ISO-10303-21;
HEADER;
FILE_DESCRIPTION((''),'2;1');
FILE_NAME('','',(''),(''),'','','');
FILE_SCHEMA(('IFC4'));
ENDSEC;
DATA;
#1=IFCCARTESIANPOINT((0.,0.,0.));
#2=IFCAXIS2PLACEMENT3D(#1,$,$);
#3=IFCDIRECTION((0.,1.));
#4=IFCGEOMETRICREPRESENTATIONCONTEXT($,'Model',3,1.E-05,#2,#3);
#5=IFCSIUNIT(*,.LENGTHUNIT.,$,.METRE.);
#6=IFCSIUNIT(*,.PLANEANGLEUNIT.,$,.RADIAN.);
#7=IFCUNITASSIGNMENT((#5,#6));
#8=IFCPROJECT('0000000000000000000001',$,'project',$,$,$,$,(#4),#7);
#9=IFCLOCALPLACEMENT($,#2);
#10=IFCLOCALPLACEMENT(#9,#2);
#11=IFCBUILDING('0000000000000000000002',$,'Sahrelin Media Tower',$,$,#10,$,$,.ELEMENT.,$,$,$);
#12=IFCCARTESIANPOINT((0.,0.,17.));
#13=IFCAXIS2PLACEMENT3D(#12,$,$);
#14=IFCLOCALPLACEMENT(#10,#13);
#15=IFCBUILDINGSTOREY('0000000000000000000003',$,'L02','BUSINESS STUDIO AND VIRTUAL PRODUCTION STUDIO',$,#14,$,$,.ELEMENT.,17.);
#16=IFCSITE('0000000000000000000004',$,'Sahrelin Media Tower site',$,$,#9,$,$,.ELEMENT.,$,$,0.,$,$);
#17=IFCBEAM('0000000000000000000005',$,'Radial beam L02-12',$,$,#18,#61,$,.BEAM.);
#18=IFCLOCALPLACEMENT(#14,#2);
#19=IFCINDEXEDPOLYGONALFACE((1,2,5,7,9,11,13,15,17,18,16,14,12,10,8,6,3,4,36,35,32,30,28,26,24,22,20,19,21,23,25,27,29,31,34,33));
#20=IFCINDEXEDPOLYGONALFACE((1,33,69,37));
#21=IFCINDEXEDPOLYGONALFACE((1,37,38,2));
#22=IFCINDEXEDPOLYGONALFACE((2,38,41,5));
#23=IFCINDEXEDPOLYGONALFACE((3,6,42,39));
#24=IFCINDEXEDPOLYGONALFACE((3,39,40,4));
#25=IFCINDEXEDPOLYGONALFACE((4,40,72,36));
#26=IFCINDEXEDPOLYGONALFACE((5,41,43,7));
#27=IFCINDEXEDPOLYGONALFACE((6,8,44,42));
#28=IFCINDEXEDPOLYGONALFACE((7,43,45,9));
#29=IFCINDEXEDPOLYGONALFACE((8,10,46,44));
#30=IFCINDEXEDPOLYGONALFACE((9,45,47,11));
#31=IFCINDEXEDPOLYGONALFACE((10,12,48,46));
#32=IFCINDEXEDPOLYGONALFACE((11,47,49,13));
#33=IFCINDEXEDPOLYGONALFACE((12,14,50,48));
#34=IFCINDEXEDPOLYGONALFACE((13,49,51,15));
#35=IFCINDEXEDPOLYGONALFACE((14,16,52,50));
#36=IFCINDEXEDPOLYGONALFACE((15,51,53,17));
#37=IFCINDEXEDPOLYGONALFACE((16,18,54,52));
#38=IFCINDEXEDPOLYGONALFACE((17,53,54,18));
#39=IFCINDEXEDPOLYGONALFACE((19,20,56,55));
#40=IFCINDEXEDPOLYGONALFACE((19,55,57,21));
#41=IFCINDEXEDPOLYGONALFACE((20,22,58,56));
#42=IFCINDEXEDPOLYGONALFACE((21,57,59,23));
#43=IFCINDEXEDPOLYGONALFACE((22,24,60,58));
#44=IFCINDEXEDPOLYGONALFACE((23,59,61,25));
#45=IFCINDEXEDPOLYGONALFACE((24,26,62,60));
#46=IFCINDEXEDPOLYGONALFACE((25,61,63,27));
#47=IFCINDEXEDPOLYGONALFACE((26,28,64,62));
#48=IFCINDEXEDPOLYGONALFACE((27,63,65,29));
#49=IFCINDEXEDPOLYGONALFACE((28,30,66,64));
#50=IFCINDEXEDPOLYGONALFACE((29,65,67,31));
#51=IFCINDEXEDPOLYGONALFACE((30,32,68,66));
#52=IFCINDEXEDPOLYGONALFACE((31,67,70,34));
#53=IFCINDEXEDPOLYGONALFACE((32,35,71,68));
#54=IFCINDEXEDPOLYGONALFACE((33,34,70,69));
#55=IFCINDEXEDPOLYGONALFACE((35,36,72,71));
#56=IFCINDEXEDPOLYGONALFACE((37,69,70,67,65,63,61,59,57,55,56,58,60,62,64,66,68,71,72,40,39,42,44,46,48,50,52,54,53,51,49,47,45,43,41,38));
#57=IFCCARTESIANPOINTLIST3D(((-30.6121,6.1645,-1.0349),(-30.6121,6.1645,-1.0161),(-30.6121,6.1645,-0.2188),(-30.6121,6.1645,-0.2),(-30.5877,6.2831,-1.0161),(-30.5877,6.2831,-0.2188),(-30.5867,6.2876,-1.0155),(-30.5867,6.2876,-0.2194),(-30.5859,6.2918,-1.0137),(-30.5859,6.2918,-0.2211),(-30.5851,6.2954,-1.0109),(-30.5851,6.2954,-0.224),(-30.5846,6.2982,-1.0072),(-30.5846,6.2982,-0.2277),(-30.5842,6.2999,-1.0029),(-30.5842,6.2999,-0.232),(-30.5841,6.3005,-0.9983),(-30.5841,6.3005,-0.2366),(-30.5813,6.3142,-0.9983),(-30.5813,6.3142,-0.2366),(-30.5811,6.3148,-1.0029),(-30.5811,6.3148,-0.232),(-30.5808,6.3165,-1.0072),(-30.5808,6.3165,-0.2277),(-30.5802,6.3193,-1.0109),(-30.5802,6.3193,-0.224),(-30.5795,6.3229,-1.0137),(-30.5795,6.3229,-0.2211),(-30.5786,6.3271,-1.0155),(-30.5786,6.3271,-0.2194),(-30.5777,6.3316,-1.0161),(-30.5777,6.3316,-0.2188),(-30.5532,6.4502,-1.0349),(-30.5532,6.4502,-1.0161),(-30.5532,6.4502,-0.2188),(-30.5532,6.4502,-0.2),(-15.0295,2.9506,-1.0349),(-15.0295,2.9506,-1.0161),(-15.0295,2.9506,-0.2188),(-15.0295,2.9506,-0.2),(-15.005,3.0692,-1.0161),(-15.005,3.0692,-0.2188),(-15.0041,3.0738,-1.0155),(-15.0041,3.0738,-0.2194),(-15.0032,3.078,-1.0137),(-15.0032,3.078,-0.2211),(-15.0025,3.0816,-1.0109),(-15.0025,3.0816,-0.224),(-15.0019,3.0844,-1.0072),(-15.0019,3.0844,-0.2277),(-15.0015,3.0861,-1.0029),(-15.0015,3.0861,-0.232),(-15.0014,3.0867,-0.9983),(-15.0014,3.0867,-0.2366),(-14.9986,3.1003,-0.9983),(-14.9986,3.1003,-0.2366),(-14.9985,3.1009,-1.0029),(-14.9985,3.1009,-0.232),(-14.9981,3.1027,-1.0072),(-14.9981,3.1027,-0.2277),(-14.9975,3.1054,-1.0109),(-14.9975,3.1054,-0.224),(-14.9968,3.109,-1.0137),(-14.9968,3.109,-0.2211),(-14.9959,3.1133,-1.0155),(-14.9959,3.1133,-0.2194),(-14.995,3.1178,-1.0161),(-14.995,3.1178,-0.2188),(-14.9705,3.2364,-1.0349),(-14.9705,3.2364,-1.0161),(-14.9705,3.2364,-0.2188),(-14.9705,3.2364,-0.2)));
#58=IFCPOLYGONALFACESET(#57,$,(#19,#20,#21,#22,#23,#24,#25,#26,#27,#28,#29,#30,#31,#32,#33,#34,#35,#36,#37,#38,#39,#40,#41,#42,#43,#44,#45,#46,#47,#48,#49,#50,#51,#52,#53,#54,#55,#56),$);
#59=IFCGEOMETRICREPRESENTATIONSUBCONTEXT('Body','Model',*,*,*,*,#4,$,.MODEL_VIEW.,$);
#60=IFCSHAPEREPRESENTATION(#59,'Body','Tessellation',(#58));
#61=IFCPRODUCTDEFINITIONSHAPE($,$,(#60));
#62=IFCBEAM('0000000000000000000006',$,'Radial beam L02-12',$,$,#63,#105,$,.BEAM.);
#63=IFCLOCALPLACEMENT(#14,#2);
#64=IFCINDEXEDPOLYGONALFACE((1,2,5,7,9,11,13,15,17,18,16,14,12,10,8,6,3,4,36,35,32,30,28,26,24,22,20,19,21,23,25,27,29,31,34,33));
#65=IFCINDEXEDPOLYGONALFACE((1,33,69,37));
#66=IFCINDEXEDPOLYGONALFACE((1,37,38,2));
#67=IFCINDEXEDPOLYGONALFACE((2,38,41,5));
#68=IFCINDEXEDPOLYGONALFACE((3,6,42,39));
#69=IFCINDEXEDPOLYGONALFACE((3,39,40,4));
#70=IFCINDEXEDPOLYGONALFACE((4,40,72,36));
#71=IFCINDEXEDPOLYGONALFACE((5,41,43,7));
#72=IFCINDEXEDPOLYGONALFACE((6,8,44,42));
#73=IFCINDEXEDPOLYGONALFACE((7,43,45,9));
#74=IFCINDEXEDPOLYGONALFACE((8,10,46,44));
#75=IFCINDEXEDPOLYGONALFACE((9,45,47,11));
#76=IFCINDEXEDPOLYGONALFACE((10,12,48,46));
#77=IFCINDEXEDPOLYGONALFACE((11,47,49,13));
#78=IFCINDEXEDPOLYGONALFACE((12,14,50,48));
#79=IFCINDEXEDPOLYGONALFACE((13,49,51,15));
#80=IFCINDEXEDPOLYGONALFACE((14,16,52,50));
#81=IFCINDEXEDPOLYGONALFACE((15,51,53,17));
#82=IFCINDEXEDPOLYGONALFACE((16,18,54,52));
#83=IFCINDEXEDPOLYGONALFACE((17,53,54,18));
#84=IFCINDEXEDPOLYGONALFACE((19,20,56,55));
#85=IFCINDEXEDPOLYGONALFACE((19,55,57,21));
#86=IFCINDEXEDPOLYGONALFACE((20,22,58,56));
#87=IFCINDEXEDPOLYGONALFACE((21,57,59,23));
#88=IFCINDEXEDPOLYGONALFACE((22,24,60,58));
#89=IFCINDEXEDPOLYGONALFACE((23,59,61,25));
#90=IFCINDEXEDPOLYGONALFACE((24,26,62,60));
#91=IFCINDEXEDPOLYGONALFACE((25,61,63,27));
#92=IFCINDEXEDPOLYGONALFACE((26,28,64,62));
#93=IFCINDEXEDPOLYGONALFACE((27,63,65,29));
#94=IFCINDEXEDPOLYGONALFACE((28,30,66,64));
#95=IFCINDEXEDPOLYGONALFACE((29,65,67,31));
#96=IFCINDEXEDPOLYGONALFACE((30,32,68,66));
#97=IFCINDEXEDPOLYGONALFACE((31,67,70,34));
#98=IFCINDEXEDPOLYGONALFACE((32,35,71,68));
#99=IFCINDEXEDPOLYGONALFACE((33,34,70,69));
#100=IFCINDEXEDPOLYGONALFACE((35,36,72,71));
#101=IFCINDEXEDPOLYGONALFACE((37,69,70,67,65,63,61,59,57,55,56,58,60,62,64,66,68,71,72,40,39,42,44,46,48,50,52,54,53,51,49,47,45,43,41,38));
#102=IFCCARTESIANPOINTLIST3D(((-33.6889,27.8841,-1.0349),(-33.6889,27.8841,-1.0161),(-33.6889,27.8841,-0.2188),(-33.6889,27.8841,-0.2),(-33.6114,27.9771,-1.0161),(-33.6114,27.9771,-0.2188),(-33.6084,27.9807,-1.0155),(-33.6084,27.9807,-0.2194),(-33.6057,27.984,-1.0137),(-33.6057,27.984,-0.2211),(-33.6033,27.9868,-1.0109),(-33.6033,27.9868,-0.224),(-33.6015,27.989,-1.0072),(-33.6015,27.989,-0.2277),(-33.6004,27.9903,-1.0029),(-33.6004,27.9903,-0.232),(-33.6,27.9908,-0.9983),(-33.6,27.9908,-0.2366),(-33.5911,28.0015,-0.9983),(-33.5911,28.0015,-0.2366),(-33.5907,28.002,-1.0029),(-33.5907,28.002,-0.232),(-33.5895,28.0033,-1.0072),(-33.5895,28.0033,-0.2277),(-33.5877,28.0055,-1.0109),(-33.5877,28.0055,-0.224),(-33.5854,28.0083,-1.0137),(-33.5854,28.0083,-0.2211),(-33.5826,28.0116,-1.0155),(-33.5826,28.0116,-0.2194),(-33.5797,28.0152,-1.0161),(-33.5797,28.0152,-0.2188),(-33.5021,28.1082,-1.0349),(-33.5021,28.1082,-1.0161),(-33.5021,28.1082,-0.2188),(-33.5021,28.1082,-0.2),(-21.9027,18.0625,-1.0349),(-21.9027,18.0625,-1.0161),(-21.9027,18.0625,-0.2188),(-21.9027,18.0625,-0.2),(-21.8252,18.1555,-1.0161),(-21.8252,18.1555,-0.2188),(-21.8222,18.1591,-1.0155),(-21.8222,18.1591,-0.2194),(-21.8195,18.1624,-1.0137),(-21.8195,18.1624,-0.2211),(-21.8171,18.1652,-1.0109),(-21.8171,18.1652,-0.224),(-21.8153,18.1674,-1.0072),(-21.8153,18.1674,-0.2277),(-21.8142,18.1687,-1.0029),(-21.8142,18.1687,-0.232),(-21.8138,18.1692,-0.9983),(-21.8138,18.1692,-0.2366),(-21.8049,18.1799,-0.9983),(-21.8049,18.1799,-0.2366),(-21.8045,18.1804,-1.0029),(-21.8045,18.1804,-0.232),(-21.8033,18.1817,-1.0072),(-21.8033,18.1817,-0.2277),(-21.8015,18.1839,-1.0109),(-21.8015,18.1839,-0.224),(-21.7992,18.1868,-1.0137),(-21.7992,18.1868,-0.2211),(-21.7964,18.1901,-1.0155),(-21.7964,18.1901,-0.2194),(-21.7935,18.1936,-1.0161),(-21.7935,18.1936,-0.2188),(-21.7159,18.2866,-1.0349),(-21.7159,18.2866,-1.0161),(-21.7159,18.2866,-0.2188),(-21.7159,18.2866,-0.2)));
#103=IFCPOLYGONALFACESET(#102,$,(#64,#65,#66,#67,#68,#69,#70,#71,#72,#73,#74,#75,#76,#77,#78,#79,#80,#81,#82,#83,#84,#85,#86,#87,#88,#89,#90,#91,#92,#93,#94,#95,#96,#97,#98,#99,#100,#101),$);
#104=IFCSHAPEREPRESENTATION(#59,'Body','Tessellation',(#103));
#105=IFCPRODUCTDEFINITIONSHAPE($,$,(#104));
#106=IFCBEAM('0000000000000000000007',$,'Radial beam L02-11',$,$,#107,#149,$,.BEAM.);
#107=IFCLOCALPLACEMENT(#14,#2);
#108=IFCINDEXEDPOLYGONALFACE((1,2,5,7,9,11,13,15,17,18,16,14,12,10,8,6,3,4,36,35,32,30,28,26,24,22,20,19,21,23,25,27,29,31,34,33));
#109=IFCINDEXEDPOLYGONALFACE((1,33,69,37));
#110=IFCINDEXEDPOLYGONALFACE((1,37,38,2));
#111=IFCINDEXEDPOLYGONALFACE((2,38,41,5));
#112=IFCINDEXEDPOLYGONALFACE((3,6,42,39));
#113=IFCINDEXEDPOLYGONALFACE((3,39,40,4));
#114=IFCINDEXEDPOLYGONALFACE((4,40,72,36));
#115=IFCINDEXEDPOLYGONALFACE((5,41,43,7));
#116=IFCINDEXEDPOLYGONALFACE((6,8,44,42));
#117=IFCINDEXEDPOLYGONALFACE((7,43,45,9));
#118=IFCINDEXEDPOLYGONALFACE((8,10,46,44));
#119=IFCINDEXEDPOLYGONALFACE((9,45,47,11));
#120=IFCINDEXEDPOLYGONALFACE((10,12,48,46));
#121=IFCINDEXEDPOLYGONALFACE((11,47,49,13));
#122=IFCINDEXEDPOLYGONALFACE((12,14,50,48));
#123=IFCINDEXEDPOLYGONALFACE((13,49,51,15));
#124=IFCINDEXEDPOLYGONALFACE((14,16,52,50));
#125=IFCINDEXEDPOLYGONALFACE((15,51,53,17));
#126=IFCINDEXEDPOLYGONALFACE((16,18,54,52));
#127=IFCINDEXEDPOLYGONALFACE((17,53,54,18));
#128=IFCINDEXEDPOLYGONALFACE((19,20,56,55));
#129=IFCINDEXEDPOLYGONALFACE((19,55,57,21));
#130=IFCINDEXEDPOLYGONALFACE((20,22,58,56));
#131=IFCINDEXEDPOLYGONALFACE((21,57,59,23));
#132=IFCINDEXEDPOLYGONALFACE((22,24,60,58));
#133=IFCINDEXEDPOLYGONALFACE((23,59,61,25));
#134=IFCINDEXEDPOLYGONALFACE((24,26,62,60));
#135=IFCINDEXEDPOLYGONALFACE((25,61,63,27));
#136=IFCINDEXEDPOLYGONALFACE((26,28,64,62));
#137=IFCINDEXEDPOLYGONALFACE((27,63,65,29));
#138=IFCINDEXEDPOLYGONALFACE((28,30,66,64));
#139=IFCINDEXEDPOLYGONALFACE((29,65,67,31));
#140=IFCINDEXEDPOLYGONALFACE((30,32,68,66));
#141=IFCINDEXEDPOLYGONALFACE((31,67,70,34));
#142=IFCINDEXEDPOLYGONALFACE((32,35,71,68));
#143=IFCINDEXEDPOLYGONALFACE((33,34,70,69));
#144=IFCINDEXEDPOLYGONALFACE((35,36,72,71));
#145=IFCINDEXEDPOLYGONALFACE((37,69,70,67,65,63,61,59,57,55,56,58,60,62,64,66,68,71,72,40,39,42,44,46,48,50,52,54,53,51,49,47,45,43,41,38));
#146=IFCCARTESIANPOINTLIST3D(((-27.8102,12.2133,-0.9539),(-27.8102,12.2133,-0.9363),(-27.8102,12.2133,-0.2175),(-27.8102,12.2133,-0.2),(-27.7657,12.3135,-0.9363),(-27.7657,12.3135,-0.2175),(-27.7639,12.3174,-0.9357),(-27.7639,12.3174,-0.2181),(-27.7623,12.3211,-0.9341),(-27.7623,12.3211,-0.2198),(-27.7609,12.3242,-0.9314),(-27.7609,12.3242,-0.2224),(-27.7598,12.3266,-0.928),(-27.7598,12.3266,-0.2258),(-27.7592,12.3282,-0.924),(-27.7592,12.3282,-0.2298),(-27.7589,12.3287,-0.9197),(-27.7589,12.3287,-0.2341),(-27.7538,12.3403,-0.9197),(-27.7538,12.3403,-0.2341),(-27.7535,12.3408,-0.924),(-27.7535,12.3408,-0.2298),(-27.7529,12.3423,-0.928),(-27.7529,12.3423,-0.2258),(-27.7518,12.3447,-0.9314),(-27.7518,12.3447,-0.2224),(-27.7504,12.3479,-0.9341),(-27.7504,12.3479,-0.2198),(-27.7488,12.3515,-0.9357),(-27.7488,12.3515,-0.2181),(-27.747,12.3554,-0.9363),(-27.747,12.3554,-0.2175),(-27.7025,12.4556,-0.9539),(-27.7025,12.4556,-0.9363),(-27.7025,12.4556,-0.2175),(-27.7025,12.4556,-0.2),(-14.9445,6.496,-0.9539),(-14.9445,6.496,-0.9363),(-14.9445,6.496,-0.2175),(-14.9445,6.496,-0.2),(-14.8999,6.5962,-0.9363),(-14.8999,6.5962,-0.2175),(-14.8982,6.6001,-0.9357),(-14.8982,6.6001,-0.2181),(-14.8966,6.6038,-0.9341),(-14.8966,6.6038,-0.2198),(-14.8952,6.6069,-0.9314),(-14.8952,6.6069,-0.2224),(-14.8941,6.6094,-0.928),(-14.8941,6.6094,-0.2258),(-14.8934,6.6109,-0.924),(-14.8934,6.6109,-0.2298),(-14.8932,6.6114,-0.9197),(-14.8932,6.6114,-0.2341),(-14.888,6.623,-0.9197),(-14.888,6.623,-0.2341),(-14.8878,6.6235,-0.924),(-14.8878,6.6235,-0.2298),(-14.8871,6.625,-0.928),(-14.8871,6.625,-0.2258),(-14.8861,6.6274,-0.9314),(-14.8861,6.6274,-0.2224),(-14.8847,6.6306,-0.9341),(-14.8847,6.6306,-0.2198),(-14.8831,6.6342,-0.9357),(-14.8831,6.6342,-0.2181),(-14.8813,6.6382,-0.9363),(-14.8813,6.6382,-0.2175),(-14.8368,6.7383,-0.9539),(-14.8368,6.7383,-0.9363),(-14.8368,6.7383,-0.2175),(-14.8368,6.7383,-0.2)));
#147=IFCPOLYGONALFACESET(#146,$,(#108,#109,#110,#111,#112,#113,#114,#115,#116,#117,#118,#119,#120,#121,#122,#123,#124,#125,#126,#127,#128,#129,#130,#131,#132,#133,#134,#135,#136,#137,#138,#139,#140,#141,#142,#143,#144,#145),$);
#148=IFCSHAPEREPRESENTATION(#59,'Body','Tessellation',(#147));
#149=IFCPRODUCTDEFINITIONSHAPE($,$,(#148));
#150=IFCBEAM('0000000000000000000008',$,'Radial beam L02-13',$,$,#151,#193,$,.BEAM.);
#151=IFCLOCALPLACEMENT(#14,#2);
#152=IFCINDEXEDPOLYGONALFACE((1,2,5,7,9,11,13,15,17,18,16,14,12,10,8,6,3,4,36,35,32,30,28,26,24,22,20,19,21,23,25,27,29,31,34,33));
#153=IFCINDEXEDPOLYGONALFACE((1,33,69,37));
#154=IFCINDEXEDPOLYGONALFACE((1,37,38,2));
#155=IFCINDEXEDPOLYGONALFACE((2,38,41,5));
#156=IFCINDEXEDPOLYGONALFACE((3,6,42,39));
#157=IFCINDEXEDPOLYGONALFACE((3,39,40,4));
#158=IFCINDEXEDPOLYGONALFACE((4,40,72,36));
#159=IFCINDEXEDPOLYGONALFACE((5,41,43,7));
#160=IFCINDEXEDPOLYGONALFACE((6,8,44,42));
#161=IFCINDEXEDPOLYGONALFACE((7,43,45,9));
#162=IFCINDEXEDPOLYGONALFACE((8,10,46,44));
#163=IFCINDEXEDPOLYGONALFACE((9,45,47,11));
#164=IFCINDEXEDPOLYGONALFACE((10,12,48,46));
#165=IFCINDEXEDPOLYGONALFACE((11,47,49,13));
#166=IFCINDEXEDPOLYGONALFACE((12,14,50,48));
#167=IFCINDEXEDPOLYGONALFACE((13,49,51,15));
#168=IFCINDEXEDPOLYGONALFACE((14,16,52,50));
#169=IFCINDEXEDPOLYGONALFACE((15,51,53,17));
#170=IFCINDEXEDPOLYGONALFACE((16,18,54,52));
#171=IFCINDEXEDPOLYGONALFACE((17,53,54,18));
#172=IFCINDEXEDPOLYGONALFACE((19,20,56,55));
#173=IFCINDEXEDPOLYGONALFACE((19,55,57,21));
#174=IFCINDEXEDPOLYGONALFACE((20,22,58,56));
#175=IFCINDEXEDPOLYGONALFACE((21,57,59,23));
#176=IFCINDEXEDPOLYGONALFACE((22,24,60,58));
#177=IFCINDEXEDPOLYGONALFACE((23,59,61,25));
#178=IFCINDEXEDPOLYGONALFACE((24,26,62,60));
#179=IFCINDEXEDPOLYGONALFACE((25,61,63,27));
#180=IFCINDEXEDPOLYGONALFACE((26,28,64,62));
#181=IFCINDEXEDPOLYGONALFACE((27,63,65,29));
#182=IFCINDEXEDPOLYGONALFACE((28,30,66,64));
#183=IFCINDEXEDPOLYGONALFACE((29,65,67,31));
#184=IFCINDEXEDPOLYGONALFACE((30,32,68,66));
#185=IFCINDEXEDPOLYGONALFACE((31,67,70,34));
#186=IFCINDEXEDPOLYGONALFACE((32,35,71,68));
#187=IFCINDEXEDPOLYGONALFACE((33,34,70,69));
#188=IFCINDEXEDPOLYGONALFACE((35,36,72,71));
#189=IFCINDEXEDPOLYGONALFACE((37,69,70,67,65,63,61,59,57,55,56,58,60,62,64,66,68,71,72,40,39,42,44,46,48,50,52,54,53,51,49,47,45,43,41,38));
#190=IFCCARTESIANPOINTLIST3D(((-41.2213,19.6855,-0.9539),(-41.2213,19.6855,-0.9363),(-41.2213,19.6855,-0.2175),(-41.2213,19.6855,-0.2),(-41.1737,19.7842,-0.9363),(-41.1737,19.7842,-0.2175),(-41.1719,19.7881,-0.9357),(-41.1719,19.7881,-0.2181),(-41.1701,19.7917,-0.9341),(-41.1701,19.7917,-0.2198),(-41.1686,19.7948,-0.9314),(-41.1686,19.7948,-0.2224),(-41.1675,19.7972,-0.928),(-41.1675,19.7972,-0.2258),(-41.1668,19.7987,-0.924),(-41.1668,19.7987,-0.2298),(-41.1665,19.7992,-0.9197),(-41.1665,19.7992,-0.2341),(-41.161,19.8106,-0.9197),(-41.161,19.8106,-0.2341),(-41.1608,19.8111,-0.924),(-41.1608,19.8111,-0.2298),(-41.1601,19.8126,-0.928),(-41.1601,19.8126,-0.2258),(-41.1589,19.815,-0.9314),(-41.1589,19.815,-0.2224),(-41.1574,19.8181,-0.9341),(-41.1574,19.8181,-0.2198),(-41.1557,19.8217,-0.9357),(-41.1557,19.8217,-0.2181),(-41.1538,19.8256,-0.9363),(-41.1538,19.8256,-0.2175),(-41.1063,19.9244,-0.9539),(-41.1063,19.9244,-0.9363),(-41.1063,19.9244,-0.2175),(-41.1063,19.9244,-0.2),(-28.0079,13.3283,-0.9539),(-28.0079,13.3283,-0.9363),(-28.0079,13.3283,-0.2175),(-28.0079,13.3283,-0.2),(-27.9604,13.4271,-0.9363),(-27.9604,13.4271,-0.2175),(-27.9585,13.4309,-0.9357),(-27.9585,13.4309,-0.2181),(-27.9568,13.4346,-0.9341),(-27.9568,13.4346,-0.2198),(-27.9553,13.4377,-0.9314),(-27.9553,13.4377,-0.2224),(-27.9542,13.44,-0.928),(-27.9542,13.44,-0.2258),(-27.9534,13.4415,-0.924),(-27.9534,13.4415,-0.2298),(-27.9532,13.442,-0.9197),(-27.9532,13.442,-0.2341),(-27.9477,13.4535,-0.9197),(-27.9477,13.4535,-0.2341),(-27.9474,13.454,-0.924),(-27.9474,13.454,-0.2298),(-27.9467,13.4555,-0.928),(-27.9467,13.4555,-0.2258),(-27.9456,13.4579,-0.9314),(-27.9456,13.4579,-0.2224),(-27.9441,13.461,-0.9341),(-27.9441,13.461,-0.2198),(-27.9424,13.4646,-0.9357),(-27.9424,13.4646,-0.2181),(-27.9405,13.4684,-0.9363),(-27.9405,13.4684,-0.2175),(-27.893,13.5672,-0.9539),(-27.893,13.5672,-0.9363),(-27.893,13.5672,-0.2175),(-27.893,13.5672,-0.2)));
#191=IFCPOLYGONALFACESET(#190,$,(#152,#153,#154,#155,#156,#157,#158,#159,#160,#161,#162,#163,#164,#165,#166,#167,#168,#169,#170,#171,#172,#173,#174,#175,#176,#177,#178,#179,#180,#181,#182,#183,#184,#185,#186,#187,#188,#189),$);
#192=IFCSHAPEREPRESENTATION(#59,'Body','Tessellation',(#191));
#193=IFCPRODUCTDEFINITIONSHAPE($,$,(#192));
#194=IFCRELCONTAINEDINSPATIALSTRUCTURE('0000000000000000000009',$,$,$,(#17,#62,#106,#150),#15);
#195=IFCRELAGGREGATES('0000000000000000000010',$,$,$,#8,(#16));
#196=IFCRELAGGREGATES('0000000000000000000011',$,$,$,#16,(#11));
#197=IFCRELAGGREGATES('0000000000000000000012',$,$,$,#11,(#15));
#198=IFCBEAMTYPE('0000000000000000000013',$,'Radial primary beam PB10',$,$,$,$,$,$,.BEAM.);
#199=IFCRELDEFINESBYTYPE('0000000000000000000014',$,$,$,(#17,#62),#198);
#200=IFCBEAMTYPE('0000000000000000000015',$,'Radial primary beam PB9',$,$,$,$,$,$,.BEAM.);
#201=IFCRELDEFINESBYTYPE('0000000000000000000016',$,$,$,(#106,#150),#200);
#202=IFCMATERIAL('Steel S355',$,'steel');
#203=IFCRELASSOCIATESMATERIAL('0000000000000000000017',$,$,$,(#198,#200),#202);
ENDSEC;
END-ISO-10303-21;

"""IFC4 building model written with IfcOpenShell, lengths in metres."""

from ifc_helpers import new_model, si_unit, direction, frame, origin, origin_2d, place, context, subcontext, project, spatial, i_section, extrude, material, material_profile, profile_set, type_object, element, save


model = new_model("IFC4")

# Units and contexts
model_context = context("Model", 3, precision=1e-05, world=origin(), true_north=direction((0.0, 1.0)))
body_context = subcontext(model_context, "Body", "Model", "MODEL_VIEW")
ifc_project = project(units=[si_unit("LENGTHUNIT", "METRE"), si_unit("PLANEANGLEUNIT", "RADIAN")], contexts=[model_context])

# Site, building, storey
site_placement = place(None, origin())
site = spatial("IfcSite", under=ifc_project, at=site_placement, Name="Sahrelin Media Tower site", CompositionType="ELEMENT", RefElevation=0.0)
building_placement = place(site_placement, origin())
building = spatial("IfcBuilding", under=site, at=building_placement, Name="Sahrelin Media Tower", CompositionType="ELEMENT")
storey_placement = place(building_placement, frame((0.0, 0.0, 17.0)))
storey = spatial("IfcBuildingStorey", under=building, at=storey_placement, Name="L02", Description="BUSINESS STUDIO AND VIRTUAL PRODUCTION STUDIO", CompositionType="ELEMENT", Elevation=17.0)

# Beams
ifc_material_1 = material(Name="Steel S355", Category="steel")
ifc_material_profile_1 = material_profile(ifc_material_1, i_section(OverallWidth=0.2917, OverallDepth=0.835, WebThickness=0.0139, FlangeThickness=0.0188, FilletRadius=0.0178, at=origin_2d()), Name="UB 838x292x176")
ifc_profile_set_1 = profile_set([ifc_material_profile_1], Name="Steel S355")
beam_type_1 = type_object("IfcBeamType", Name="Radial primary beam PB10", PredefinedType="BEAM", material=ifc_profile_set_1)
beam_1_placement = place(storey_placement, frame((-15.0, 3.0935, -0.6174), z_axis=(-0.979387, 0.201994, 0.0), x_axis=(-0.201994, -0.979387, 0.0)))
element("IfcBeam", 1, at=beam_1_placement, inside=storey, type_object=beam_type_1, Name="Radial beam L02-12", PredefinedType="BEAM", context=body_context, shape_type="SweptSolid", body=[
    extrude(i_section(OverallWidth=0.2917, OverallDepth=0.835, WebThickness=0.0139, FlangeThickness=0.0188, FilletRadius=0.0178, at=origin_2d()), origin(), (0.0, 0.0, 1.0), 15.9106),
])
beam_2_placement = place(storey_placement, frame((-21.8093, 18.1746, -0.6174), z_axis=(-0.768229, 0.640175, 0.0), x_axis=(-0.640175, -0.768229, 0.0)))
element("IfcBeam", 2, at=beam_2_placement, inside=storey, type_object=beam_type_1, Name="Radial beam L02-12", PredefinedType="BEAM", context=body_context, shape_type="SweptSolid", body=[
    extrude(i_section(OverallWidth=0.2917, OverallDepth=0.835, WebThickness=0.0139, FlangeThickness=0.0188, FilletRadius=0.0178, at=origin_2d()), origin(), (0.0, 0.0, 1.0), 15.342),
])
ifc_material_profile_2 = material_profile(ifc_material_1, i_section(OverallWidth=0.2651, OverallDepth=0.7539, WebThickness=0.0127, FlangeThickness=0.0176, FilletRadius=0.0166, at=origin_2d()), Name="UB 762x267x147")
ifc_profile_set_2 = profile_set([ifc_material_profile_2], Name="Steel S355")
beam_type_2 = type_object("IfcBeamType", Name="Radial primary beam PB9", PredefinedType="BEAM", material=ifc_profile_set_2)
beam_3_placement = place(storey_placement, frame((-14.8906, 6.6172, -0.5769), z_axis=(-0.913833, 0.40609, 0.0), x_axis=(-0.40609, -0.913833, 0.0)))
element("IfcBeam", 3, at=beam_3_placement, inside=storey, type_object=beam_type_2, Name="Radial beam L02-11", PredefinedType="BEAM", context=body_context, shape_type="SweptSolid", body=[
    extrude(i_section(OverallWidth=0.2651, OverallDepth=0.7539, WebThickness=0.0127, FlangeThickness=0.0176, FilletRadius=0.0166, at=origin_2d()), origin(), (0.0, 0.0, 1.0), 14.0789),
])
beam_4_placement = place(storey_placement, frame((-27.9504, 13.4478, -0.5769), z_axis=(-0.90113, 0.433549, 0.0), x_axis=(-0.433549, -0.90113, 0.0)))
element("IfcBeam", 4, at=beam_4_placement, inside=storey, type_object=beam_type_2, Name="Radial beam L02-13", PredefinedType="BEAM", context=body_context, shape_type="SweptSolid", body=[
    extrude(i_section(OverallWidth=0.2651, OverallDepth=0.7539, WebThickness=0.0127, FlangeThickness=0.0176, FilletRadius=0.0166, at=origin_2d()), origin(), (0.0, 0.0, 1.0), 14.6631),
])

save(model, "model.ifc")
